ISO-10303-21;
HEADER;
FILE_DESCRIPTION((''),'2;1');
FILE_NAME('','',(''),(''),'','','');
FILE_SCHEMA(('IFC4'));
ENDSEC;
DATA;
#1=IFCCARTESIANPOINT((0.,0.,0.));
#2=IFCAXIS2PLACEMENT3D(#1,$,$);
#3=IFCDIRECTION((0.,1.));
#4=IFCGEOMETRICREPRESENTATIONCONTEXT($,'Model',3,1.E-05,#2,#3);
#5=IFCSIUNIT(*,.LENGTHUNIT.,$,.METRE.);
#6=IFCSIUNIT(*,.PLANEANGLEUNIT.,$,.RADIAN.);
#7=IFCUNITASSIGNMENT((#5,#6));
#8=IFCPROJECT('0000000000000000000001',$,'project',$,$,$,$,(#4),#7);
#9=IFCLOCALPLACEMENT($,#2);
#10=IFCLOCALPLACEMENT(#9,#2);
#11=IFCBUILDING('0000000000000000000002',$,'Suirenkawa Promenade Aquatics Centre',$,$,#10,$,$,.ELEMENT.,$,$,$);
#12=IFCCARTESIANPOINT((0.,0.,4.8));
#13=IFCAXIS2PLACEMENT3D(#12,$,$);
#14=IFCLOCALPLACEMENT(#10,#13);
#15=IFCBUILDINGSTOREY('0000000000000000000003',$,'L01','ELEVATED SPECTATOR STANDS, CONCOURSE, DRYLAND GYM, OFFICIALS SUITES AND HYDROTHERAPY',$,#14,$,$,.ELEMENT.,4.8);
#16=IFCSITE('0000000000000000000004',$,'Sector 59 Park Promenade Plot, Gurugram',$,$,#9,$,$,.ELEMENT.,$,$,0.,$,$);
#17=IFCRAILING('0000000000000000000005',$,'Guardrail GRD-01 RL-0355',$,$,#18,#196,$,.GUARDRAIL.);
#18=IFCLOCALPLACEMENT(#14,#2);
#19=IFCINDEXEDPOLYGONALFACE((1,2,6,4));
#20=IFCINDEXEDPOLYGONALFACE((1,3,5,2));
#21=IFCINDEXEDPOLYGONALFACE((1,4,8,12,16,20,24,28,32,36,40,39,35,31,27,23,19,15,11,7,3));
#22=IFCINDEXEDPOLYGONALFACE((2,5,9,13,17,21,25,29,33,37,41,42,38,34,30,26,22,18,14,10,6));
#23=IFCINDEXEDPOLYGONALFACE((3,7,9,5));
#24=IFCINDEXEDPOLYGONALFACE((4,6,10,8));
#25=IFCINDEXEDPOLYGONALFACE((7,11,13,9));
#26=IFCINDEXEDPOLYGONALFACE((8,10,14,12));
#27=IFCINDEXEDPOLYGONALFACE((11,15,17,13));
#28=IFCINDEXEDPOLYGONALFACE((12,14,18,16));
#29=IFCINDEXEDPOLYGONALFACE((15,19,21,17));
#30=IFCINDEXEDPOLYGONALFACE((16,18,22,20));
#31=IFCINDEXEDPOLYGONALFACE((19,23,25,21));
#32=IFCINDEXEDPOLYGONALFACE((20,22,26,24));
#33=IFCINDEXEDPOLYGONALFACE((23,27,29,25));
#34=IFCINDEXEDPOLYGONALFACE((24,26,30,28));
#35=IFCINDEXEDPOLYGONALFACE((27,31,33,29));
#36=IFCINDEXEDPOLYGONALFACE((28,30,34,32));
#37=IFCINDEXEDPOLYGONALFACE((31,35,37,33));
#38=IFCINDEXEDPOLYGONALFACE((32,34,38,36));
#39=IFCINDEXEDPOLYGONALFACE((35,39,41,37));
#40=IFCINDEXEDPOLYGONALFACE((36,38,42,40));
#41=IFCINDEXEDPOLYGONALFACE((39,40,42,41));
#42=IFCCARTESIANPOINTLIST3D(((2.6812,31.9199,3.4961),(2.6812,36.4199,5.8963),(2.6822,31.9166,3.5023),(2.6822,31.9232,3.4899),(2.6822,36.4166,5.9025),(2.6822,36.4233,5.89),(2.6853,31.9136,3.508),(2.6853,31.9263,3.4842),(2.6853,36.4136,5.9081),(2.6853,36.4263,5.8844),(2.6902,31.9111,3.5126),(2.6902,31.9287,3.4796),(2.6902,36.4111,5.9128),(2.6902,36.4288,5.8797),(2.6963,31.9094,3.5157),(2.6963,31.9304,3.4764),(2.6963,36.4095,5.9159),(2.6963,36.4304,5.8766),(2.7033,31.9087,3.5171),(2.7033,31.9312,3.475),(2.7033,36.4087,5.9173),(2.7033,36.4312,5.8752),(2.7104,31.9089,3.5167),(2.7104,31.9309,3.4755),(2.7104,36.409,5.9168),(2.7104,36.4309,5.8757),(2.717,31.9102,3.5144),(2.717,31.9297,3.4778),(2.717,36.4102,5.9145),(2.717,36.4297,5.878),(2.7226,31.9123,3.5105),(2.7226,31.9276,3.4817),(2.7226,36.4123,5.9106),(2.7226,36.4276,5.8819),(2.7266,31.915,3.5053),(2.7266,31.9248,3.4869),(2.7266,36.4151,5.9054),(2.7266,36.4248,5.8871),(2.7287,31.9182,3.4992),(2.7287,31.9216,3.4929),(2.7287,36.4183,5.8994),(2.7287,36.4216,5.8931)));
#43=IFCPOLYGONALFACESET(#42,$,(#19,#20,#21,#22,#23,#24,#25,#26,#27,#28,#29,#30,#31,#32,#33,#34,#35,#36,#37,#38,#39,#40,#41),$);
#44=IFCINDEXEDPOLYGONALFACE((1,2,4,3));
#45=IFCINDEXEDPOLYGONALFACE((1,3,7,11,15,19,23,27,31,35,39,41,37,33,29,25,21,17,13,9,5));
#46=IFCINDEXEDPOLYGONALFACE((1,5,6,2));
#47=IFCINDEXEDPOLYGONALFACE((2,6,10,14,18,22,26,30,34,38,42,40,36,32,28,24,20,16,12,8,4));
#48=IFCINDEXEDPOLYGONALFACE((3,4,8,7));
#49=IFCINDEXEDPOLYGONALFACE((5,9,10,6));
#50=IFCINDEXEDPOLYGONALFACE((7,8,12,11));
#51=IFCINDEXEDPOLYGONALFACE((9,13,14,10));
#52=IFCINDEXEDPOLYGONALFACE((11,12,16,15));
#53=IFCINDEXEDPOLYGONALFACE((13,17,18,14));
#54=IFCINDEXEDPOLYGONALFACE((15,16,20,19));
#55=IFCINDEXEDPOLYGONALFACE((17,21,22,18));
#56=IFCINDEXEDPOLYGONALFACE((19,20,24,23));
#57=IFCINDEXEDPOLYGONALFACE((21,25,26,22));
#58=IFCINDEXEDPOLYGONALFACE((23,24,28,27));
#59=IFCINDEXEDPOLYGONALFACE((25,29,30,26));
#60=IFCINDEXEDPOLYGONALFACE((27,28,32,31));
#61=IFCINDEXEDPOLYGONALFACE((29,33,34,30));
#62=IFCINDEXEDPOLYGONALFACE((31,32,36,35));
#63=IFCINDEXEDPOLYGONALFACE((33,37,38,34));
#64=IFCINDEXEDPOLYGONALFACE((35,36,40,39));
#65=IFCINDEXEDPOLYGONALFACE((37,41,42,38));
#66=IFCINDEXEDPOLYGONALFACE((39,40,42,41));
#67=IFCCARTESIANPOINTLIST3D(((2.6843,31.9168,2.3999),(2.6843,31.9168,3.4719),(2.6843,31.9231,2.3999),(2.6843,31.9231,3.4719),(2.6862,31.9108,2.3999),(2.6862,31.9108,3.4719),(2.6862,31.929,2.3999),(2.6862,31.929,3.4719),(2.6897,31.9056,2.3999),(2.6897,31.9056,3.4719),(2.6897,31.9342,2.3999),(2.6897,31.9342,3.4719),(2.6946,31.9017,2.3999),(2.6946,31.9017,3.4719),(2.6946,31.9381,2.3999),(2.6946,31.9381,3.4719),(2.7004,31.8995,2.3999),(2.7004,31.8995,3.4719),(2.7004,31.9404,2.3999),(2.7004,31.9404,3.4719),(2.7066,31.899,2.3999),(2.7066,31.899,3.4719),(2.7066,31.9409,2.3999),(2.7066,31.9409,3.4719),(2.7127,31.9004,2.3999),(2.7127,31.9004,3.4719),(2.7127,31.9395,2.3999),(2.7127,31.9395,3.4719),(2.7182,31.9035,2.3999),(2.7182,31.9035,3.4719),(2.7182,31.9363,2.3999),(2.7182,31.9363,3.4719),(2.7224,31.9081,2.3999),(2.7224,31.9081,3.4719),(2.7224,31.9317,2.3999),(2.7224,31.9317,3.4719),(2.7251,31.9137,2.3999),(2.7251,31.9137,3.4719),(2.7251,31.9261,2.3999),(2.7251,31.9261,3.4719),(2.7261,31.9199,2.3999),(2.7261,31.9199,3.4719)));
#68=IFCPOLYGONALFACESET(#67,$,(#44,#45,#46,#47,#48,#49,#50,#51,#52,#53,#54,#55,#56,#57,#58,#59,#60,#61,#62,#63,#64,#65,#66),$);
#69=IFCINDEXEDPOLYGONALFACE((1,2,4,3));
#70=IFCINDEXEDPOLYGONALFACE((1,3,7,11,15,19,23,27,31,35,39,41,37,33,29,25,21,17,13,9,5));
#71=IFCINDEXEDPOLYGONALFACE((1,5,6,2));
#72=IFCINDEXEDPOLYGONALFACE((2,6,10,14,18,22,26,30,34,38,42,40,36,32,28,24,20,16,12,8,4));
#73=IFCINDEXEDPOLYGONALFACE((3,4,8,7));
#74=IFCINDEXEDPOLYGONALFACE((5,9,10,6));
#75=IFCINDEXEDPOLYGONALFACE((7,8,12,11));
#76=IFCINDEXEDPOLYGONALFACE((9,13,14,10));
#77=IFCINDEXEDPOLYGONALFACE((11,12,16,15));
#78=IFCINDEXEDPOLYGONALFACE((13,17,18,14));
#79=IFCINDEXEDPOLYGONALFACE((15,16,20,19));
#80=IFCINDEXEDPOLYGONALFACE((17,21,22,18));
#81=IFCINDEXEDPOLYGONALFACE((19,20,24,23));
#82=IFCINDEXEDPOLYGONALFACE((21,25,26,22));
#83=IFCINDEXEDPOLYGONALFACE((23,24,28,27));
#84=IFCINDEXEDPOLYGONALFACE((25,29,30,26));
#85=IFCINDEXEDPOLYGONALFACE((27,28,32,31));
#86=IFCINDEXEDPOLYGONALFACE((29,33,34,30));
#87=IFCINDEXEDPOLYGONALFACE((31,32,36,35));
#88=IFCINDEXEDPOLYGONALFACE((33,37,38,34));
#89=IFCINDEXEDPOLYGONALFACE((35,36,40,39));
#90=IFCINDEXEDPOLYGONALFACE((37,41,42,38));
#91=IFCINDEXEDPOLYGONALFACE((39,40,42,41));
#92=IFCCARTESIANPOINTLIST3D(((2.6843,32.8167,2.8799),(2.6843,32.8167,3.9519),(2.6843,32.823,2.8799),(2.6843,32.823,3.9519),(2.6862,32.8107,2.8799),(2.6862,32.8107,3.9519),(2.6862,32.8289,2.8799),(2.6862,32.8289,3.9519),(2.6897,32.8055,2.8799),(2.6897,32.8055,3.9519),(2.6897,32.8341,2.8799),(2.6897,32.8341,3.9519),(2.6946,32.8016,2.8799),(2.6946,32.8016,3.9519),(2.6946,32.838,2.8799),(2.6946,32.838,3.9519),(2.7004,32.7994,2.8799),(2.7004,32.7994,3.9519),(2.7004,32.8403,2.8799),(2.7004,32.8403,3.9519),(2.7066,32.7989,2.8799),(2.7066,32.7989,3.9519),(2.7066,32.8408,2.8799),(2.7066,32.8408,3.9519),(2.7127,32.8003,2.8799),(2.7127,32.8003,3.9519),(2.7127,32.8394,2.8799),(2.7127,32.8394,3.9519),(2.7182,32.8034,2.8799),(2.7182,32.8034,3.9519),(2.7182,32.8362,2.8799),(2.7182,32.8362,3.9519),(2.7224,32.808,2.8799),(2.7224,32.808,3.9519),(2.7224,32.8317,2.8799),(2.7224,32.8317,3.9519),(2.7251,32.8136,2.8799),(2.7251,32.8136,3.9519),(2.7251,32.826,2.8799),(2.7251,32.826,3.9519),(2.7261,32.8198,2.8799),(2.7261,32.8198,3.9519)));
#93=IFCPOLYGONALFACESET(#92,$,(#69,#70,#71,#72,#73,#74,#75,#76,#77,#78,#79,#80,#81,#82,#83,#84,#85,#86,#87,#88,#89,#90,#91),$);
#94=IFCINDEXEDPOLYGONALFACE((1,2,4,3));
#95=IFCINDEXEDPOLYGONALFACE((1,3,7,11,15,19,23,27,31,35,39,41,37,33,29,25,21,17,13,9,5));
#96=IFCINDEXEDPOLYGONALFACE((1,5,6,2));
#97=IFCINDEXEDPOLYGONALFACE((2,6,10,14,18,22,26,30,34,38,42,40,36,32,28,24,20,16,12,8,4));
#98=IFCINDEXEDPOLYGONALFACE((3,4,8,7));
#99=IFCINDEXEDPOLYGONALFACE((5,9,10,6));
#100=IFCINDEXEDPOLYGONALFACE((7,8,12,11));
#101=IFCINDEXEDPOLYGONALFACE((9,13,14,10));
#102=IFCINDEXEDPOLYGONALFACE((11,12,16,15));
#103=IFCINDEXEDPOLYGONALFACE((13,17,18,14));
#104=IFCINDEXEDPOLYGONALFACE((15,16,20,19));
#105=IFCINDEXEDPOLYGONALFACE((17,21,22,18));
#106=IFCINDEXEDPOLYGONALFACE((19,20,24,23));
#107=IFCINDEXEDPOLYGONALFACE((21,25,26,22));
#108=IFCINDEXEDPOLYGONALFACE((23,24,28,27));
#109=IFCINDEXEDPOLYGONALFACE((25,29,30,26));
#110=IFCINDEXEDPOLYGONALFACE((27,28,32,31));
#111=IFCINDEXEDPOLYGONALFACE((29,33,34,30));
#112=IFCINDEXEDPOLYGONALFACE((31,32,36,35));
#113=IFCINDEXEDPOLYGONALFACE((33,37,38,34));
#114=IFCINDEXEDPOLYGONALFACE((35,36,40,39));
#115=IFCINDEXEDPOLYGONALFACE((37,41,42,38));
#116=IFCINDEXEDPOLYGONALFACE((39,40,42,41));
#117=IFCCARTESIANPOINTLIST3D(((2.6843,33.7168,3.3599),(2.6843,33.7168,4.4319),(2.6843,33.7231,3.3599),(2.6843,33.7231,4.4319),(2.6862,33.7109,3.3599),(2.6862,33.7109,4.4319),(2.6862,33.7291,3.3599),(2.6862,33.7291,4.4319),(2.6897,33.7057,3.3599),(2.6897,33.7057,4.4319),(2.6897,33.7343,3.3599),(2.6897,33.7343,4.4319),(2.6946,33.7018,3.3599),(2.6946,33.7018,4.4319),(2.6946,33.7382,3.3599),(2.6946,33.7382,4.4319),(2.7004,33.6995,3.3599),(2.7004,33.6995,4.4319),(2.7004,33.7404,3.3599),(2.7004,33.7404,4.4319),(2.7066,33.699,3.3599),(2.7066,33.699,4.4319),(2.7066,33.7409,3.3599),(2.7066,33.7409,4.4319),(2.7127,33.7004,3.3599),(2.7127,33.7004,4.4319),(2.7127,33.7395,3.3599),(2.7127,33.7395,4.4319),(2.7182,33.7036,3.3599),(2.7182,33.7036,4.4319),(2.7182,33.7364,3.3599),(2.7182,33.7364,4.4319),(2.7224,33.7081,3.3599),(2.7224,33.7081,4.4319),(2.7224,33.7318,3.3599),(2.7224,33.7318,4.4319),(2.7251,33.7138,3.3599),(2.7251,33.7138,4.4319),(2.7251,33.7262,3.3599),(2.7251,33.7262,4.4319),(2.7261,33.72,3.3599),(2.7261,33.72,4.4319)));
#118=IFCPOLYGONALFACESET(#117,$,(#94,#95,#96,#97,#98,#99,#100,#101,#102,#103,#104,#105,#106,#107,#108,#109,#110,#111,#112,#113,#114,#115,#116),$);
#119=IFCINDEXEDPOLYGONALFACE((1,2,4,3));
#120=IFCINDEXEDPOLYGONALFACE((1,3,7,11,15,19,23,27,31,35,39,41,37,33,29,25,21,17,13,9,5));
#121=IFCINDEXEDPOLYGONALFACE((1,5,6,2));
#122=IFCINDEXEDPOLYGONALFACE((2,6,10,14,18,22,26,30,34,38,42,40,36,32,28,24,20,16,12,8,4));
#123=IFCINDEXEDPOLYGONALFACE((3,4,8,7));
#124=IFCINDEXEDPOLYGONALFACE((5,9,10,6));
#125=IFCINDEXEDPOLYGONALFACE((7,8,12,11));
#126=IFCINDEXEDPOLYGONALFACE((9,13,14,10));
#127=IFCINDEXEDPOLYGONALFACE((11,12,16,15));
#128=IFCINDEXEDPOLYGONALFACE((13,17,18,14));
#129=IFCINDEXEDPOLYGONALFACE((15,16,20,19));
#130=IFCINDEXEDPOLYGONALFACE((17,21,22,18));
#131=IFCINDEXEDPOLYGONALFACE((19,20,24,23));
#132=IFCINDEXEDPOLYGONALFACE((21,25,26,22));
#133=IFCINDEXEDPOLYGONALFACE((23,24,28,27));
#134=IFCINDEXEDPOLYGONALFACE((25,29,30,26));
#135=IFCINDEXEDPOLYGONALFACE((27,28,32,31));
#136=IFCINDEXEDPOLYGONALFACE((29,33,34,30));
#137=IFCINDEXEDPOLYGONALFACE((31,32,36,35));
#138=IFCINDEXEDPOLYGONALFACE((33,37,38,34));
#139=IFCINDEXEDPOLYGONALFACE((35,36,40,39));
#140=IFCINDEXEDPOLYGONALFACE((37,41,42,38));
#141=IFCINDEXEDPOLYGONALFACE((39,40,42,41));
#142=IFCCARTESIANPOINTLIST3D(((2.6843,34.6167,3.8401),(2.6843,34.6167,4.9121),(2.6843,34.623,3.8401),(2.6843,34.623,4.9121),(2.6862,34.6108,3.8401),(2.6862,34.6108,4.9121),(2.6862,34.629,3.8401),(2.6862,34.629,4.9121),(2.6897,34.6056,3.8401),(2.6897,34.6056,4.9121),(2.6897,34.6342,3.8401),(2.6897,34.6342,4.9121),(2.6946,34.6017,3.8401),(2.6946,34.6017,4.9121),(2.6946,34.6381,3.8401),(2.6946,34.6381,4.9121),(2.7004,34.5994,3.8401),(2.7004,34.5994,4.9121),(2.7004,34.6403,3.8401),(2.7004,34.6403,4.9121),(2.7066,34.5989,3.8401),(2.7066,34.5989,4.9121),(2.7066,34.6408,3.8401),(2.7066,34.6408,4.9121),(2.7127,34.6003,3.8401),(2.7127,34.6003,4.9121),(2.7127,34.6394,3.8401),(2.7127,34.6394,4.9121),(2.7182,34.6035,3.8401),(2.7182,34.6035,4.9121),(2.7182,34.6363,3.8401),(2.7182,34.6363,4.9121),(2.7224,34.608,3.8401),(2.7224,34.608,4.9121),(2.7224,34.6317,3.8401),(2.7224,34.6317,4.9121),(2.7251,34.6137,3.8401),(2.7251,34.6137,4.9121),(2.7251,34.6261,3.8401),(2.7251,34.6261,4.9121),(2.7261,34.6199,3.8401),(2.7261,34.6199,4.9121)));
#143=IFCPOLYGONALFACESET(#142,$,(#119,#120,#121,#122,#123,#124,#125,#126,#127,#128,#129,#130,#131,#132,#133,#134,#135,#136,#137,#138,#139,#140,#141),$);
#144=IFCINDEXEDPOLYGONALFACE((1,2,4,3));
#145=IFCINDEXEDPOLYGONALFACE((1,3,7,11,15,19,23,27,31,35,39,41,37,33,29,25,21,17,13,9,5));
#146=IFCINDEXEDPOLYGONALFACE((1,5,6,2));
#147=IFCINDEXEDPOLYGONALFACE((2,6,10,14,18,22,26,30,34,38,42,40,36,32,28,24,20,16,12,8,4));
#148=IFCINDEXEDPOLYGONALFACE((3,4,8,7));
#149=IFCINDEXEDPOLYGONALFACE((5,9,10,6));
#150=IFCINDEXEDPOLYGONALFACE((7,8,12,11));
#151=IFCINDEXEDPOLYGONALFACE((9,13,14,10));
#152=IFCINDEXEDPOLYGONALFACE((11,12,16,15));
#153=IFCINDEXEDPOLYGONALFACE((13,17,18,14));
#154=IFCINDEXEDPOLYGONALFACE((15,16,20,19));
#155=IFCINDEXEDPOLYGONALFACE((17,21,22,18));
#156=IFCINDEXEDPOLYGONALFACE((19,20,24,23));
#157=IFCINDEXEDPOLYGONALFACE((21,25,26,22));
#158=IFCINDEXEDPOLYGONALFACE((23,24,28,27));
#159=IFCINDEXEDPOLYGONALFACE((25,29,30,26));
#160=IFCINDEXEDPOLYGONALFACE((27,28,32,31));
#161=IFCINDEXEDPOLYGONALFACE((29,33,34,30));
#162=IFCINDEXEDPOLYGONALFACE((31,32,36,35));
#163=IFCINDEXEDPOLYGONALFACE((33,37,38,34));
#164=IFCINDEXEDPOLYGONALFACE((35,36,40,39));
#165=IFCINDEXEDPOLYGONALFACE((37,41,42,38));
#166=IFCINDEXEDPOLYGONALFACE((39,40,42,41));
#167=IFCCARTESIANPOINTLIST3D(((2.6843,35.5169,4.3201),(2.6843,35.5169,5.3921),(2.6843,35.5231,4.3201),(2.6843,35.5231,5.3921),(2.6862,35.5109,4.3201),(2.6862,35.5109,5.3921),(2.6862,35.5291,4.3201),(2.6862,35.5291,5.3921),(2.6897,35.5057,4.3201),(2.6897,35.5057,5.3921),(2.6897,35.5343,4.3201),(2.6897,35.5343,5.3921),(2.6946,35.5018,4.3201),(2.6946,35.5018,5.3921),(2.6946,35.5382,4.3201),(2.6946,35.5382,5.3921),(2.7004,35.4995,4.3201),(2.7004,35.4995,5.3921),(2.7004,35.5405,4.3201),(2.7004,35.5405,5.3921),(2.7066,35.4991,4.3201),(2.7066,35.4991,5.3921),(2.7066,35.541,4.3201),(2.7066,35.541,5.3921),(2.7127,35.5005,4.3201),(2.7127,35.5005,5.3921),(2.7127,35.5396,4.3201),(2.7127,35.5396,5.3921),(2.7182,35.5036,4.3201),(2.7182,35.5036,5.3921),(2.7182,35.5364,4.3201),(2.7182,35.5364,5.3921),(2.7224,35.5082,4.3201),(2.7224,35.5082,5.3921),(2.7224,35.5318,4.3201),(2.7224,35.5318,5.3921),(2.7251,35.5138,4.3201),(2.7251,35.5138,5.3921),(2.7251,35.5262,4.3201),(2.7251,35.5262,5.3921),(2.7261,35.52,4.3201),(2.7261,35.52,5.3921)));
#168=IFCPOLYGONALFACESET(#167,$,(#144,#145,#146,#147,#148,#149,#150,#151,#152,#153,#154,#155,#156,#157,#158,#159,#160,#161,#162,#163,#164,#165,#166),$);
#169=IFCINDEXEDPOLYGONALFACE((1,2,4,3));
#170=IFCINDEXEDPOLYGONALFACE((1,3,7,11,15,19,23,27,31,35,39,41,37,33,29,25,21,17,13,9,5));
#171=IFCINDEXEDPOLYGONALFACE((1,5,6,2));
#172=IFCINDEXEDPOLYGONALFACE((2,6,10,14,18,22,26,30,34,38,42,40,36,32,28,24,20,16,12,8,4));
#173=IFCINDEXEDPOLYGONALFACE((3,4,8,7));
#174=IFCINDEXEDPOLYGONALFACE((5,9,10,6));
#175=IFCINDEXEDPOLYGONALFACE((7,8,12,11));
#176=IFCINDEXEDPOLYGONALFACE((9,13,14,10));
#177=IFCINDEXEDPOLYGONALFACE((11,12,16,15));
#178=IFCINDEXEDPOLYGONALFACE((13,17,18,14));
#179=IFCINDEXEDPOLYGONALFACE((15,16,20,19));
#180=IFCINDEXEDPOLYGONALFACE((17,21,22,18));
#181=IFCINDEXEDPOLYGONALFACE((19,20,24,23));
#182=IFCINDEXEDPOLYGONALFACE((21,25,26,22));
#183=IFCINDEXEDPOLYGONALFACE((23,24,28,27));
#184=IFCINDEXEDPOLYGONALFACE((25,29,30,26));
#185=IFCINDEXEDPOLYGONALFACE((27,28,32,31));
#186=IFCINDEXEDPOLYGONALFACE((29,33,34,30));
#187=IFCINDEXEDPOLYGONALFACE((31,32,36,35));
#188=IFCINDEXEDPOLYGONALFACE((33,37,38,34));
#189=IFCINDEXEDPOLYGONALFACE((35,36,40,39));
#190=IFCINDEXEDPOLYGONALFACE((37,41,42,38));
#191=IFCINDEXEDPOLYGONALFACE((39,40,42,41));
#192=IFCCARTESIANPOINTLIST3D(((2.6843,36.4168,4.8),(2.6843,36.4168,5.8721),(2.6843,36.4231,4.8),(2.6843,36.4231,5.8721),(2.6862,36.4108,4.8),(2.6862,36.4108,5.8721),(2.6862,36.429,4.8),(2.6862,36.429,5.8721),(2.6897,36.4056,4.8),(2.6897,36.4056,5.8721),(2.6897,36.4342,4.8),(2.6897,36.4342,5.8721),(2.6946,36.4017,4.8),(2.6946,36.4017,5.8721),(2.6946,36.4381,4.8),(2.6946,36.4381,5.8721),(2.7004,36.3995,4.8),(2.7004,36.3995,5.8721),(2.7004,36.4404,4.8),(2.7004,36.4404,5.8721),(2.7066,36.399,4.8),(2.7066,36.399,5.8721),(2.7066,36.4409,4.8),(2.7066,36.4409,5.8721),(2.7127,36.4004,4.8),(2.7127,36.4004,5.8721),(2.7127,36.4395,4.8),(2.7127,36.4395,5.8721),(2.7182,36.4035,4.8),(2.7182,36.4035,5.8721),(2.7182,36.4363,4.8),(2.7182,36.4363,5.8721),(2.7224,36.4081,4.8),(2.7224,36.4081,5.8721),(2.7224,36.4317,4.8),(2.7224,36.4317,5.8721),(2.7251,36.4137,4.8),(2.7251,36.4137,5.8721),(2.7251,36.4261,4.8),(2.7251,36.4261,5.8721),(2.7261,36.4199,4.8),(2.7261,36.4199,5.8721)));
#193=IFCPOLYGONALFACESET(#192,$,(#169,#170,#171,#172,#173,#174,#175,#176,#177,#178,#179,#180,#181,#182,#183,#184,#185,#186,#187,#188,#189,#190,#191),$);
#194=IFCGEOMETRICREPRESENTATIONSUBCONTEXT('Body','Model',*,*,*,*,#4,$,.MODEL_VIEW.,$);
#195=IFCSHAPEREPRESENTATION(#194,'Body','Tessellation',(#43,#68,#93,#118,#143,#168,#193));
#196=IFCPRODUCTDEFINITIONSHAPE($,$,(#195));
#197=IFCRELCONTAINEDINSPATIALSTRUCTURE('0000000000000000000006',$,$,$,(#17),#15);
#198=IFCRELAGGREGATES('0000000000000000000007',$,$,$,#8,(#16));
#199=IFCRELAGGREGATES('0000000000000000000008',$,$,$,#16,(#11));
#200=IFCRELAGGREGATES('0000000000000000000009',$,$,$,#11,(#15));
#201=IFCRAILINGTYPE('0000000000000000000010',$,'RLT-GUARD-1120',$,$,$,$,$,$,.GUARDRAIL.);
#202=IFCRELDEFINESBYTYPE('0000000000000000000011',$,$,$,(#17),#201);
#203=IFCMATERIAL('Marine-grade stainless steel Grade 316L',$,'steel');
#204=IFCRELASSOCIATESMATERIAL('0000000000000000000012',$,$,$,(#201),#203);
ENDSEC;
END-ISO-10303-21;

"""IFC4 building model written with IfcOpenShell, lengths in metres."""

from ifc_helpers import new_model, si_unit, direction, frame, origin, origin_2d, place, context, subcontext, project, spatial, circle, extrude, material, type_object, element, save


model = new_model("IFC4")

# Units and contexts
model_context = context("Model", 3, precision=1e-05, world=origin(), true_north=direction((0.0, 1.0)))
body_context = subcontext(model_context, "Body", "Model", "MODEL_VIEW")
ifc_project = project(units=[si_unit("LENGTHUNIT", "METRE"), si_unit("PLANEANGLEUNIT", "RADIAN")], contexts=[model_context])

# Site, building, storey
site_placement = place(None, origin())
site = spatial("IfcSite", under=ifc_project, at=site_placement, Name="Sector 59 Park Promenade Plot, Gurugram", CompositionType="ELEMENT", RefElevation=0.0)
building_placement = place(site_placement, origin())
building = spatial("IfcBuilding", under=site, at=building_placement, Name="Suirenkawa Promenade Aquatics Centre", CompositionType="ELEMENT")
storey_placement = place(building_placement, frame((0.0, 0.0, 4.8)))
storey = spatial("IfcBuildingStorey", under=building, at=storey_placement, Name="L01", Description="ELEVATED SPECTATOR STANDS, CONCOURSE, DRYLAND GYM, OFFICIALS SUITES AND HYDROTHERAPY", CompositionType="ELEMENT", Elevation=4.8)

# Railing
ifc_material_1 = material(Name="Marine-grade stainless steel Grade 316L", Category="steel")
railing_type_1 = type_object("IfcRailingType", Name="RLT-GUARD-1120", PredefinedType="GUARDRAIL", material=ifc_material_1)
railing_placement = place(storey_placement, frame((2.7051, 31.9199, 2.3999)))
element("IfcRailing", 1, at=railing_placement, inside=storey, type_object=railing_type_1, Name="Guardrail GRD-01 RL-0355", PredefinedType="GUARDRAIL", context=body_context, shape_type="SweptSolid", body=[
    extrude(circle(Radius=0.0239, at=origin_2d()), frame((0.0, 0.0, 1.0962), z_axis=(0.0, 0.882341, 0.470611), x_axis=(-1.0, 0.0, 0.0)), (0.0, 0.0, 1.0), 5.1001),
    extrude(circle(Radius=0.021, at=origin_2d()), origin(), (0.0, 0.0, 1.0), 1.072),
    extrude(circle(Radius=0.021, at=origin_2d()), frame((0.0, 0.8999, 0.48)), (0.0, 0.0, 1.0), 1.072),
    extrude(circle(Radius=0.021, at=origin_2d()), frame((0.0, 1.8, 0.96)), (0.0, 0.0, 1.0), 1.072),
    extrude(circle(Radius=0.021, at=origin_2d()), frame((0.0, 2.7, 1.4402)), (0.0, 0.0, 1.0), 1.072),
    extrude(circle(Radius=0.021, at=origin_2d()), frame((0.0, 3.6001, 1.9202)), (0.0, 0.0, 1.0), 1.072),
    extrude(circle(Radius=0.021, at=origin_2d()), frame((0.0, 4.5, 2.4001)), (0.0, 0.0, 1.0), 1.072),
])

save(model, "model.ifc")
